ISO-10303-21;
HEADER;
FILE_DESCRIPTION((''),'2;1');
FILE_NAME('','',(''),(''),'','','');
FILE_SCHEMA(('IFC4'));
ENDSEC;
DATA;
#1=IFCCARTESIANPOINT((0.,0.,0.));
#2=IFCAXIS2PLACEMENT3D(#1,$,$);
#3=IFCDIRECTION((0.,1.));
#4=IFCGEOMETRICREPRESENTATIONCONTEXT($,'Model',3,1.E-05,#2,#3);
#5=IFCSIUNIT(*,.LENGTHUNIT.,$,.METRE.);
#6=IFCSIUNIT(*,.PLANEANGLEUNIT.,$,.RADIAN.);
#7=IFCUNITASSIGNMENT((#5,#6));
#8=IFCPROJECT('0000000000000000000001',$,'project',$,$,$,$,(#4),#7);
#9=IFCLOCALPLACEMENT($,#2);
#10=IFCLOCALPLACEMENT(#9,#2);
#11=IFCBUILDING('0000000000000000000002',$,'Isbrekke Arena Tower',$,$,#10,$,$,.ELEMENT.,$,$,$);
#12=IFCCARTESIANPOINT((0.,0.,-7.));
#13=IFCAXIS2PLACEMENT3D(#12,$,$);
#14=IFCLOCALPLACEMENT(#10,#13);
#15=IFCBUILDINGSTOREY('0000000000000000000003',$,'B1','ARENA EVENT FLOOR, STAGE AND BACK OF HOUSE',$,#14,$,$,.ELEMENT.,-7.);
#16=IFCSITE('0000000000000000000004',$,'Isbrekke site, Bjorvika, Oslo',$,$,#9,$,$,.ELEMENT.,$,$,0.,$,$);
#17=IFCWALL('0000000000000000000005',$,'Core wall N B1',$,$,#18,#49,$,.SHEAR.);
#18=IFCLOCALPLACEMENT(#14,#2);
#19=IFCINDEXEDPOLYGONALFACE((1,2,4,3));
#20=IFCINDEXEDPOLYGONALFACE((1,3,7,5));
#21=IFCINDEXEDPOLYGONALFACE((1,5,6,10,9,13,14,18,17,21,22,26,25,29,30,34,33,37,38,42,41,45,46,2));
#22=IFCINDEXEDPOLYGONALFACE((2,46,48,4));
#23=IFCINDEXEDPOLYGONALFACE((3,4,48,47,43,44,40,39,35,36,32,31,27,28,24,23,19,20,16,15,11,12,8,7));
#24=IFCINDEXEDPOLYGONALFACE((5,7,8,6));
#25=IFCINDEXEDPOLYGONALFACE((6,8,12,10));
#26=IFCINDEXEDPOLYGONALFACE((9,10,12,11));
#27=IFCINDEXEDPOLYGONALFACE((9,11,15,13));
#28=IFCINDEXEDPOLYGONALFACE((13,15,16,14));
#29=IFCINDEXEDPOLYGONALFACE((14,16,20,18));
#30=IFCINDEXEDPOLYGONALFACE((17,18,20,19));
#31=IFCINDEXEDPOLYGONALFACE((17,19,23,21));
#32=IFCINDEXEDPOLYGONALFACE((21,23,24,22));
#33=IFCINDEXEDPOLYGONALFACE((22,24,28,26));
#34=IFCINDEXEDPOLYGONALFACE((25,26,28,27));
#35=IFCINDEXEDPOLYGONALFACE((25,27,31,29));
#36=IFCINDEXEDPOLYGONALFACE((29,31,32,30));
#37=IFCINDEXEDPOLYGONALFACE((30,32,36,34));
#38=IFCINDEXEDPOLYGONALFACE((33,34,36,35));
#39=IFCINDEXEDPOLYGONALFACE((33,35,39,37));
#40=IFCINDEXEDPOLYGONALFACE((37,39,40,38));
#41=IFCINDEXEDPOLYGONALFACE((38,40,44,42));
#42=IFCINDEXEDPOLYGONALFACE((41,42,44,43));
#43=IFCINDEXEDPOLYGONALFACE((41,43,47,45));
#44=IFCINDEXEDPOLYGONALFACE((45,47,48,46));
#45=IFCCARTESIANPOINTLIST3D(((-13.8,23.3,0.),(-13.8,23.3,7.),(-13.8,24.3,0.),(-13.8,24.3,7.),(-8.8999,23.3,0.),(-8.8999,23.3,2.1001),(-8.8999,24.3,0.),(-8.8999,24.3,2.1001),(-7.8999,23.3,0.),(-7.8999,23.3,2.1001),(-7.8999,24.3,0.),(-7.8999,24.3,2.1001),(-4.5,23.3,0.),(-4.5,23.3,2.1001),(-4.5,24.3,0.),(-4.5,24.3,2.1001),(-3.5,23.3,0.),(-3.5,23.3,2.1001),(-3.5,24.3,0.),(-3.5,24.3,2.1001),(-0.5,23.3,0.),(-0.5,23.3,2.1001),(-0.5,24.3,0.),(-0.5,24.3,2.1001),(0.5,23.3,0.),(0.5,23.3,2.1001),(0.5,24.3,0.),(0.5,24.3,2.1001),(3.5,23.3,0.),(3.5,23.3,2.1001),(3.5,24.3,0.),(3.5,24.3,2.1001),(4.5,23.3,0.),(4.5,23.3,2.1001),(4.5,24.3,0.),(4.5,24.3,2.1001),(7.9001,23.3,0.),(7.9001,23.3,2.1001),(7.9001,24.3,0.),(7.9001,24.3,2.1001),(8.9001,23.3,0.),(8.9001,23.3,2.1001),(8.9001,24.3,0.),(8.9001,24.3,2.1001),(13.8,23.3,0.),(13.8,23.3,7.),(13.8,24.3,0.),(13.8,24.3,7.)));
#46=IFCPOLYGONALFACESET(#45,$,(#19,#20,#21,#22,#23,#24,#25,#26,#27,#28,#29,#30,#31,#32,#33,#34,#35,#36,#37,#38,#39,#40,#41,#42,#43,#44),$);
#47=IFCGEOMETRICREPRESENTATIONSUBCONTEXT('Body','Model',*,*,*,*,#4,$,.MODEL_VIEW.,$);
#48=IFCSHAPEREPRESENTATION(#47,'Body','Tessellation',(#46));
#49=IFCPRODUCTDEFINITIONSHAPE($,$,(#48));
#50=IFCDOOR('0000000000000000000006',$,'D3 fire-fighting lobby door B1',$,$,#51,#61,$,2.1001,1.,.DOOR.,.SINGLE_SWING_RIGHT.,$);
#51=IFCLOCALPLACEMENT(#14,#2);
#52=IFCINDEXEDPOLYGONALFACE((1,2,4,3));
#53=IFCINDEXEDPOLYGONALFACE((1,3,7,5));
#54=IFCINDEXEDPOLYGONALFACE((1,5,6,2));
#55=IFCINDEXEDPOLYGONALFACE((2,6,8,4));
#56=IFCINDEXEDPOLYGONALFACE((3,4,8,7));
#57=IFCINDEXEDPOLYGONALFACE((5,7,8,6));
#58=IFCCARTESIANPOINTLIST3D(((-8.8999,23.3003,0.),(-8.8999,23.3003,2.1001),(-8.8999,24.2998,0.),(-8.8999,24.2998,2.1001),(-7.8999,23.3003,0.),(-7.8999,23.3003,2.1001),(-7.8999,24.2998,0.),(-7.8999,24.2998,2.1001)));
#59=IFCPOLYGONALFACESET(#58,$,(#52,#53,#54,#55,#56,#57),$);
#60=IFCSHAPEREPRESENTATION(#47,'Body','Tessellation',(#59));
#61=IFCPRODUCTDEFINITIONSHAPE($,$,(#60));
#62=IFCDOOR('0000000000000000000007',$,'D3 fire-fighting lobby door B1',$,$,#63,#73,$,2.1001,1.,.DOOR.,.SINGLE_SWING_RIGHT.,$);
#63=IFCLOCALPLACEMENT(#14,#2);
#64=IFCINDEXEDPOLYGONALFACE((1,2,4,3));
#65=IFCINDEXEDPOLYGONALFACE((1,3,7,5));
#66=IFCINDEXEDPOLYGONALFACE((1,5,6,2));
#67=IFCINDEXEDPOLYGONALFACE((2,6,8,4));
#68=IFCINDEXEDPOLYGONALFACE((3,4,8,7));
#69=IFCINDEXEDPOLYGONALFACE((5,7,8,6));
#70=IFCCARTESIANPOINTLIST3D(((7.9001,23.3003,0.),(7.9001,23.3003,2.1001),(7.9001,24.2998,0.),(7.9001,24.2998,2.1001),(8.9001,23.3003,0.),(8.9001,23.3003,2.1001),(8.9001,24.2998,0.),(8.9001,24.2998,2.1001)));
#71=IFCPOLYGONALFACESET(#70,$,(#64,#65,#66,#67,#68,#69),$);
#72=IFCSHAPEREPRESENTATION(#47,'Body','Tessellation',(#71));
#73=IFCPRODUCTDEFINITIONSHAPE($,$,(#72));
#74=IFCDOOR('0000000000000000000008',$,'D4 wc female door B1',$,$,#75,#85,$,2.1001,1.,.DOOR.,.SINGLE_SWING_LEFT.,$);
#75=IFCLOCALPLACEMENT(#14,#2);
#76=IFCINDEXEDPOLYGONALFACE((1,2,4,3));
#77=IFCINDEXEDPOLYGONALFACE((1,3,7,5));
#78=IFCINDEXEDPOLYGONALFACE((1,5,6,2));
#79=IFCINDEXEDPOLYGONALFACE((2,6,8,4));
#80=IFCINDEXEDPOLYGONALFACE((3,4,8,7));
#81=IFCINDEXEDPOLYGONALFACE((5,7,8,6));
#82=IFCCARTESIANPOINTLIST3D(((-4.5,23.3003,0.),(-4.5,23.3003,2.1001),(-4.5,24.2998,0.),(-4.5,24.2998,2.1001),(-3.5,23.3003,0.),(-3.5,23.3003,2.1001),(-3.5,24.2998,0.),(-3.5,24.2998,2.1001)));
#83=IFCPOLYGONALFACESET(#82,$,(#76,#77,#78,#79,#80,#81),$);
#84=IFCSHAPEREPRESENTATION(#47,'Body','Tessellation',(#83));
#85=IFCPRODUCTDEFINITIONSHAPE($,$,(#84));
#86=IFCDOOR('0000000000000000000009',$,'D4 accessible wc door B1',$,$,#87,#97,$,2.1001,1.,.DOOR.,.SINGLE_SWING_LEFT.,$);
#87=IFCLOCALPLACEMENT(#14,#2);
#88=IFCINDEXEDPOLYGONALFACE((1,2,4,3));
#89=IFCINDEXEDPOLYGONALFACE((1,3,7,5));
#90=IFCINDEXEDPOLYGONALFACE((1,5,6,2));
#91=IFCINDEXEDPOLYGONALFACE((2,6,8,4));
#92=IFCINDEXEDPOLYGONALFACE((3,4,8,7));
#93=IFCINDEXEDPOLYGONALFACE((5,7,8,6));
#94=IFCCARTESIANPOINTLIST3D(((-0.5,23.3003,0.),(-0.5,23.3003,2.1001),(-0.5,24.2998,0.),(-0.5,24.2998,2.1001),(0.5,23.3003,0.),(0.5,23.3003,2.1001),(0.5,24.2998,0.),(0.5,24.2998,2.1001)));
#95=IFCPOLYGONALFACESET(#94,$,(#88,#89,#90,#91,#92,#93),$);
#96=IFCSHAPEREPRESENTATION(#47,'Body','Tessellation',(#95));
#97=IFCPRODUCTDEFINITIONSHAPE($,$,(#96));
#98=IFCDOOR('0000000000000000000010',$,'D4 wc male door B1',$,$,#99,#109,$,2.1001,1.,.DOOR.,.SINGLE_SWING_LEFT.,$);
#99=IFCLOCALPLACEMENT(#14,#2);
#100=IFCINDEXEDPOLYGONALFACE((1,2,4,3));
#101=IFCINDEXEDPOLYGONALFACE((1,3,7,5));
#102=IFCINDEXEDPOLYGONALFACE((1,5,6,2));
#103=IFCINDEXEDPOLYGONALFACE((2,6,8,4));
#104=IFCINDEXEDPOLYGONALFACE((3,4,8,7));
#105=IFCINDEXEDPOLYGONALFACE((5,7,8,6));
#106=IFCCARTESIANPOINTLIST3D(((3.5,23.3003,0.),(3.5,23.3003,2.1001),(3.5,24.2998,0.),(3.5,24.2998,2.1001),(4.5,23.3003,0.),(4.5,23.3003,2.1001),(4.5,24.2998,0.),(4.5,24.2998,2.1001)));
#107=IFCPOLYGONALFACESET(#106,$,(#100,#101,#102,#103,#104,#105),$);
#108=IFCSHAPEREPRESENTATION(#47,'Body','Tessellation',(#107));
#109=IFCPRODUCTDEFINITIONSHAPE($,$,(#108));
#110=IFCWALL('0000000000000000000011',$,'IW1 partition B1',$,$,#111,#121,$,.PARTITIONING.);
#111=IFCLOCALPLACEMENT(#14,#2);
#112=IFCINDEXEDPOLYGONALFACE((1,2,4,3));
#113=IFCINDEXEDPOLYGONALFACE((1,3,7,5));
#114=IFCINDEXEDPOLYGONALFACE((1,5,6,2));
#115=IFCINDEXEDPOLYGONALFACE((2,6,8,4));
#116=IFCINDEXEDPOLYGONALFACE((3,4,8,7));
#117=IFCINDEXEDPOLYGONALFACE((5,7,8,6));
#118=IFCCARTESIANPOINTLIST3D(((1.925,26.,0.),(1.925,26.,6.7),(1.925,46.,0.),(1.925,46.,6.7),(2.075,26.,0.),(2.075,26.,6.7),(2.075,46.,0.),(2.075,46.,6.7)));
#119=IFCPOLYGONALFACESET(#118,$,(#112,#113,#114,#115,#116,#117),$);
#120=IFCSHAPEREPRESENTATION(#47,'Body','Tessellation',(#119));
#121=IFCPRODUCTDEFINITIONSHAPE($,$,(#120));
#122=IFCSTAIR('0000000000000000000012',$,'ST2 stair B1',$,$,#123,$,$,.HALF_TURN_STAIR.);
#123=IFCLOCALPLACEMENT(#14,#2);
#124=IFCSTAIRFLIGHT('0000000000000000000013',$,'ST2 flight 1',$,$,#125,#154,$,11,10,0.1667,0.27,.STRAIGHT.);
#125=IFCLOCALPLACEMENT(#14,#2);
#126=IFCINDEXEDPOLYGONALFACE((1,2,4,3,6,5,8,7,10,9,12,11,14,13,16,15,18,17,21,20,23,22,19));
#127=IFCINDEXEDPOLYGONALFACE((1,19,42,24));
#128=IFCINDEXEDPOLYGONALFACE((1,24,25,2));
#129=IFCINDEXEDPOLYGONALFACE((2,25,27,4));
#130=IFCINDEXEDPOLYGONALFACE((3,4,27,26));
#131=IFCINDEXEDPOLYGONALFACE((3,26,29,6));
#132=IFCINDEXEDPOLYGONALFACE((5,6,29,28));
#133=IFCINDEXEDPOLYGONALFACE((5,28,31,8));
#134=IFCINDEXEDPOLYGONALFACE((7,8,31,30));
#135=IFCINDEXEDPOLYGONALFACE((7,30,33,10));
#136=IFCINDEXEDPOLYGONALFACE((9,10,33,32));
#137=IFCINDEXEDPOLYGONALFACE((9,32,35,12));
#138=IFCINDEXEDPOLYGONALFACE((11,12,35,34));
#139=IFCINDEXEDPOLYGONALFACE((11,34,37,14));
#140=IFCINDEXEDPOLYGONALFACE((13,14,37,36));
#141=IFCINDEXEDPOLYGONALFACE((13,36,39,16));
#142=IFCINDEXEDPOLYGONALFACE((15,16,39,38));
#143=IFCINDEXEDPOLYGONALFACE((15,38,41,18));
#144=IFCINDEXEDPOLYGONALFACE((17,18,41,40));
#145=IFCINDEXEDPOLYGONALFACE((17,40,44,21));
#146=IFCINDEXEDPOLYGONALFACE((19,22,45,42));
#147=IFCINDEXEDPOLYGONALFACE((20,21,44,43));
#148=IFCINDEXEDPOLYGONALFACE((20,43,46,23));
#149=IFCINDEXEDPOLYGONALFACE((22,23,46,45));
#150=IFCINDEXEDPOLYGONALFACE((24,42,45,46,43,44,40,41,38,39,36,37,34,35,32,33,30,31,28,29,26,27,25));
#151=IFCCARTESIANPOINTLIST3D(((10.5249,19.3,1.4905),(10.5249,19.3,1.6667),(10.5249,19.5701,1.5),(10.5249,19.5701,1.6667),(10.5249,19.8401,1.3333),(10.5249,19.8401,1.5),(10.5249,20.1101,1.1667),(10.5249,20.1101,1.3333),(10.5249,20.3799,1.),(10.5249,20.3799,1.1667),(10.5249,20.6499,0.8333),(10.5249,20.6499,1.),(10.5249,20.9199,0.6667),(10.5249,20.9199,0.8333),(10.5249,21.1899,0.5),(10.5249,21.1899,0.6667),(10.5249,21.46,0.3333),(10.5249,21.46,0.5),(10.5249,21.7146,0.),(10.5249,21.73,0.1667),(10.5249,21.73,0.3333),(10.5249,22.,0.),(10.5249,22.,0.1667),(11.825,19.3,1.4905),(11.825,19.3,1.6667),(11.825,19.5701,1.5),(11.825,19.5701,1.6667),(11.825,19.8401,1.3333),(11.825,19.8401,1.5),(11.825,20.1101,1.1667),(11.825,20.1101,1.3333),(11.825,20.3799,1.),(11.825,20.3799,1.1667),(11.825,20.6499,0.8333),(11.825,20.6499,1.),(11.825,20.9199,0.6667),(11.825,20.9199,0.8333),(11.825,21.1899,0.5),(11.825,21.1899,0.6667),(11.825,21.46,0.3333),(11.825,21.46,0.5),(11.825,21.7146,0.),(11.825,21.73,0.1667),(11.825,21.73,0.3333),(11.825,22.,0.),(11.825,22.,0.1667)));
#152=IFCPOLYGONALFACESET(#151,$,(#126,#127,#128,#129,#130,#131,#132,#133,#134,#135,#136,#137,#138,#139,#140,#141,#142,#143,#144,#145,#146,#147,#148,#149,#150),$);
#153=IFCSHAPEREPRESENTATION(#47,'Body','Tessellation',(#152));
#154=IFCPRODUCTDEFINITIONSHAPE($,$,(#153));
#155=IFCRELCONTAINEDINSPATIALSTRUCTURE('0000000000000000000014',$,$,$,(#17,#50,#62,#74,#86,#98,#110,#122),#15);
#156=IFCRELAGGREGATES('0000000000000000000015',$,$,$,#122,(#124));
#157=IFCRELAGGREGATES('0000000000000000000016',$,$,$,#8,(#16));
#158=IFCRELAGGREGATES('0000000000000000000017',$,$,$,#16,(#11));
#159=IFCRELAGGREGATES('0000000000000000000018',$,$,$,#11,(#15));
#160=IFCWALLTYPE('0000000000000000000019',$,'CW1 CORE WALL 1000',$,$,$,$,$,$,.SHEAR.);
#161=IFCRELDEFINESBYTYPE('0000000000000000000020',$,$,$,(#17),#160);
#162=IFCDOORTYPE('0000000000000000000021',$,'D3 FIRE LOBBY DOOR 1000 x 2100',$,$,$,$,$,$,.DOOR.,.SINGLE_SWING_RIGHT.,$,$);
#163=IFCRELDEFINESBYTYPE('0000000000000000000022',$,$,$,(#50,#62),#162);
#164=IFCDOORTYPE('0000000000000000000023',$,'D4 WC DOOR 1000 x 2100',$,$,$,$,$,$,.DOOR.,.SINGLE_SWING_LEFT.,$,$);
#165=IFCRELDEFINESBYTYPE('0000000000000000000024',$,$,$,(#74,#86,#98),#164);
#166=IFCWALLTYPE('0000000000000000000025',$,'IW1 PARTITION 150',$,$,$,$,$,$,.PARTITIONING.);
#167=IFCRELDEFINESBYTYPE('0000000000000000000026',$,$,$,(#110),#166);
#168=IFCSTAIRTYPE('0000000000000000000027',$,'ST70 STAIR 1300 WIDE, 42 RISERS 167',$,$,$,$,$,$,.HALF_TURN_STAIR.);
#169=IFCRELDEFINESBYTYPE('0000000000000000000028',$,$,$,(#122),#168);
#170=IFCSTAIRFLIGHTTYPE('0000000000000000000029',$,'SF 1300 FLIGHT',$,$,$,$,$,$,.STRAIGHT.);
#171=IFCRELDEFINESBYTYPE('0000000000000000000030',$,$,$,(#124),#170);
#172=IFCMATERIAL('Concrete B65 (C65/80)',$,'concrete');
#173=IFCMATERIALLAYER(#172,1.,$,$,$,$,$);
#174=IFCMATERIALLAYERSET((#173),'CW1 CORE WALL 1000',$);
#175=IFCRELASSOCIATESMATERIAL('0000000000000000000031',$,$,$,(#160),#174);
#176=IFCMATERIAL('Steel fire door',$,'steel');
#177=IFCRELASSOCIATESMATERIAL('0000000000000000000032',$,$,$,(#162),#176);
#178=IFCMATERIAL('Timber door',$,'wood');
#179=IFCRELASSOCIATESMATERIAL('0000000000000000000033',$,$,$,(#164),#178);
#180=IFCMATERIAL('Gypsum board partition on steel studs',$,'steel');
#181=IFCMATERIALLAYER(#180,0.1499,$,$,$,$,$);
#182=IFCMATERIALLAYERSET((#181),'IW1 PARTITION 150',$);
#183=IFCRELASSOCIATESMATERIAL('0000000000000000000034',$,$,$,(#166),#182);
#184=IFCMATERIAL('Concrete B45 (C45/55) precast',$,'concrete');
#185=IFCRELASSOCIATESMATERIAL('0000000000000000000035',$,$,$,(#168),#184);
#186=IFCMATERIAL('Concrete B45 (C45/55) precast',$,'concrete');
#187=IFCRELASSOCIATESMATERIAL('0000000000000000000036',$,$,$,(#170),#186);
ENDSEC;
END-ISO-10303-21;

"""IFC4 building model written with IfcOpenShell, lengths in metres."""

from ifc_helpers import new_model, si_unit, direction, frame, frame_2d, origin, place, context, subcontext, project, spatial, polyline, rectangle, outline, extrude, material, layer, layer_set, type_object, element, fill, aggregate, save


model = new_model("IFC4")

# Units and contexts
model_context = context("Model", 3, precision=1e-05, world=origin(), true_north=direction((0.0, 1.0)))
body_context = subcontext(model_context, "Body", "Model", "MODEL_VIEW")
ifc_project = project(units=[si_unit("LENGTHUNIT", "METRE"), si_unit("PLANEANGLEUNIT", "RADIAN")], contexts=[model_context])

# Site, building, storey
site_placement = place(None, origin())
site = spatial("IfcSite", under=ifc_project, at=site_placement, Name="Isbrekke site, Bjorvika, Oslo", CompositionType="ELEMENT", RefElevation=0.0)
building_placement = place(site_placement, origin())
building = spatial("IfcBuilding", under=site, at=building_placement, Name="Isbrekke Arena Tower", CompositionType="ELEMENT")
storey_placement = place(building_placement, frame((0.0, 0.0, -7.0)))
storey = spatial("IfcBuildingStorey", under=building, at=storey_placement, Name="B1", Description="ARENA EVENT FLOOR, STAGE AND BACK OF HOUSE", CompositionType="ELEMENT", Elevation=-7.0)

# Wall, openings, doors
ifc_material_1 = material(Name="Concrete B65 (C65/80)", Category="concrete")
ifc_layer_1 = layer(ifc_material_1, 1.0)
ifc_layer_set_1 = layer_set([ifc_layer_1], Name="CW1 CORE WALL 1000")
wall_type_1 = type_object("IfcWallType", Name="CW1 CORE WALL 1000", PredefinedType="SHEAR", material=ifc_layer_set_1)
wall_1_placement = place(storey_placement, frame((13.8, 23.8, 0.0), z_axis=(0.0, 0.0, 1.0), x_axis=(-1.0, 0.0, 0.0)))
wall_1 = element("IfcWall", 1, at=wall_1_placement, inside=storey, type_object=wall_type_1, Name="Core wall N B1", PredefinedType="SHEAR", context=body_context, shape_type="SweptSolid", body=[
    extrude(rectangle(XDim=27.6001, YDim=1.0, at=frame_2d((13.8, 0.0))), origin(), (0.0, 0.0, 1.0), 7.0),
])
opening_1_placement = place(wall_1_placement, frame((21.7, 0.0, 0.0)))
opening_1 = element("IfcOpeningElement", 2, at=opening_1_placement, cuts=wall_1, PredefinedType="OPENING", context=body_context, shape_type="SweptSolid", body=[
    extrude(rectangle(XDim=1.0, YDim=2.1001, at=frame_2d((0.5, 1.05))), frame((0.0, 0.5149, 0.0), z_axis=(0.0, -1.0, 0.0), x_axis=(1.0, 0.0, 0.0)), (0.0, 0.0, 1.0), 1.0298),
])
opening_2_placement = place(wall_1_placement, frame((4.8999, 0.0, 0.0)))
opening_2 = element("IfcOpeningElement", 3, at=opening_2_placement, cuts=wall_1, PredefinedType="OPENING", context=body_context, shape_type="SweptSolid", body=[
    extrude(rectangle(XDim=1.0, YDim=2.1001, at=frame_2d((0.5, 1.05))), frame((0.0, 0.5149, 0.0), z_axis=(0.0, -1.0, 0.0), x_axis=(1.0, 0.0, 0.0)), (0.0, 0.0, 1.0), 1.0298),
])
opening_3_placement = place(wall_1_placement, frame((17.3, 0.0, 0.0)))
opening_3 = element("IfcOpeningElement", 4, at=opening_3_placement, cuts=wall_1, PredefinedType="OPENING", context=body_context, shape_type="SweptSolid", body=[
    extrude(rectangle(XDim=1.0, YDim=2.1001, at=frame_2d((0.5, 1.05))), frame((0.0, 0.5149, 0.0), z_axis=(0.0, -1.0, 0.0), x_axis=(1.0, 0.0, 0.0)), (0.0, 0.0, 1.0), 1.0298),
])
opening_4_placement = place(wall_1_placement, frame((13.3, 0.0, 0.0)))
opening_4 = element("IfcOpeningElement", 5, at=opening_4_placement, cuts=wall_1, PredefinedType="OPENING", context=body_context, shape_type="SweptSolid", body=[
    extrude(rectangle(XDim=1.0, YDim=2.1001, at=frame_2d((0.5, 1.05))), frame((0.0, 0.5149, 0.0), z_axis=(0.0, -1.0, 0.0), x_axis=(1.0, 0.0, 0.0)), (0.0, 0.0, 1.0), 1.0298),
])
opening_5_placement = place(wall_1_placement, frame((9.3, 0.0, 0.0)))
opening_5 = element("IfcOpeningElement", 6, at=opening_5_placement, cuts=wall_1, PredefinedType="OPENING", context=body_context, shape_type="SweptSolid", body=[
    extrude(rectangle(XDim=1.0, YDim=2.1001, at=frame_2d((0.5, 1.05))), frame((0.0, 0.5149, 0.0), z_axis=(0.0, -1.0, 0.0), x_axis=(1.0, 0.0, 0.0)), (0.0, 0.0, 1.0), 1.0298),
])
ifc_material_2 = material(Name="Steel fire door", Category="steel")
door_type_1 = type_object("IfcDoorType", Name="D3 FIRE LOBBY DOOR 1000 x 2100", OperationType="SINGLE_SWING_RIGHT", PredefinedType="DOOR", material=ifc_material_2)
door_1_placement = place(opening_1_placement, origin())
door_1 = element("IfcDoor", 7, at=door_1_placement, inside=storey, type_object=door_type_1, Name="D3 fire-fighting lobby door B1", OperationType="SINGLE_SWING_RIGHT", OverallHeight=2.1001, OverallWidth=1.0, PredefinedType="DOOR", context=body_context, shape_type="SweptSolid", body=[
    extrude(rectangle(XDim=1.0, YDim=2.1001, at=frame_2d((0.5, 1.05))), frame((0.0, 0.4998, 0.0), z_axis=(0.0, -1.0, 0.0), x_axis=(1.0, 0.0, 0.0)), (0.0, 0.0, 1.0), 0.9995),
])
fill(opening_1, door_1)
door_2_placement = place(opening_2_placement, origin())
door_2 = element("IfcDoor", 8, at=door_2_placement, inside=storey, type_object=door_type_1, Name="D3 fire-fighting lobby door B1", OperationType="SINGLE_SWING_RIGHT", OverallHeight=2.1001, OverallWidth=1.0, PredefinedType="DOOR", context=body_context, shape_type="SweptSolid", body=[
    extrude(rectangle(XDim=1.0, YDim=2.1001, at=frame_2d((0.5, 1.05))), frame((0.0, 0.4998, 0.0), z_axis=(0.0, -1.0, 0.0), x_axis=(1.0, 0.0, 0.0)), (0.0, 0.0, 1.0), 0.9995),
])
fill(opening_2, door_2)
ifc_material_3 = material(Name="Timber door", Category="wood")
door_type_2 = type_object("IfcDoorType", Name="D4 WC DOOR 1000 x 2100", OperationType="SINGLE_SWING_LEFT", PredefinedType="DOOR", material=ifc_material_3)
door_3_placement = place(opening_3_placement, origin())
door_3 = element("IfcDoor", 9, at=door_3_placement, inside=storey, type_object=door_type_2, Name="D4 wc female door B1", OperationType="SINGLE_SWING_LEFT", OverallHeight=2.1001, OverallWidth=1.0, PredefinedType="DOOR", context=body_context, shape_type="SweptSolid", body=[
    extrude(rectangle(XDim=1.0, YDim=2.1001, at=frame_2d((0.5, 1.05))), frame((0.0, 0.4998, 0.0), z_axis=(0.0, -1.0, 0.0), x_axis=(1.0, 0.0, 0.0)), (0.0, 0.0, 1.0), 0.9995),
])
fill(opening_3, door_3)
door_4_placement = place(opening_4_placement, origin())
door_4 = element("IfcDoor", 10, at=door_4_placement, inside=storey, type_object=door_type_2, Name="D4 accessible wc door B1", OperationType="SINGLE_SWING_LEFT", OverallHeight=2.1001, OverallWidth=1.0, PredefinedType="DOOR", context=body_context, shape_type="SweptSolid", body=[
    extrude(rectangle(XDim=1.0, YDim=2.1001, at=frame_2d((0.5, 1.05))), frame((0.0, 0.4998, 0.0), z_axis=(0.0, -1.0, 0.0), x_axis=(1.0, 0.0, 0.0)), (0.0, 0.0, 1.0), 0.9995),
])
fill(opening_4, door_4)
door_5_placement = place(opening_5_placement, origin())
door_5 = element("IfcDoor", 11, at=door_5_placement, inside=storey, type_object=door_type_2, Name="D4 wc male door B1", OperationType="SINGLE_SWING_LEFT", OverallHeight=2.1001, OverallWidth=1.0, PredefinedType="DOOR", context=body_context, shape_type="SweptSolid", body=[
    extrude(rectangle(XDim=1.0, YDim=2.1001, at=frame_2d((0.5, 1.05))), frame((0.0, 0.4998, 0.0), z_axis=(0.0, -1.0, 0.0), x_axis=(1.0, 0.0, 0.0)), (0.0, 0.0, 1.0), 0.9995),
])
fill(opening_5, door_5)

# Wall
ifc_material_4 = material(Name="Gypsum board partition on steel studs", Category="steel")
ifc_layer_2 = layer(ifc_material_4, 0.1499)
ifc_layer_set_2 = layer_set([ifc_layer_2], Name="IW1 PARTITION 150")
wall_type_2 = type_object("IfcWallType", Name="IW1 PARTITION 150", PredefinedType="PARTITIONING", material=ifc_layer_set_2)
wall_2_placement = place(storey_placement, frame((2.0, 26.0, 0.0), z_axis=(0.0, 0.0, 1.0), x_axis=(0.0, 1.0, 0.0)))
element("IfcWall", 12, at=wall_2_placement, inside=storey, type_object=wall_type_2, Name="IW1 partition B1", PredefinedType="PARTITIONING", context=body_context, shape_type="SweptSolid", body=[
    extrude(rectangle(XDim=20.0, YDim=0.1499, at=frame_2d((10.0, 0.0))), origin(), (0.0, 0.0, 1.0), 6.7),
])

# Stair, stair flight
ifc_material_5 = material(Name="Concrete B45 (C45/55) precast", Category="concrete")
stair_type = type_object("IfcStairType", Name="ST70 STAIR 1300 WIDE, 42 RISERS 167", PredefinedType="HALF_TURN_STAIR", material=ifc_material_5)
stair_placement = place(storey_placement, origin())
stair = element("IfcStair", 13, at=stair_placement, inside=storey, type_object=stair_type, Name="ST2 stair B1", PredefinedType="HALF_TURN_STAIR")
ifc_material_6 = material(Name="Concrete B45 (C45/55) precast", Category="concrete")
stair_flight_type = type_object("IfcStairFlightType", Name="SF 1300 FLIGHT", PredefinedType="STRAIGHT", material=ifc_material_6)
stair_flight_1_placement = place(storey_placement, frame((11.175, 22.0, 0.0), z_axis=(0.0, 0.0, 1.0), x_axis=(0.0, -1.0, 0.0)))
stair_flight_1 = element("IfcStairFlight", 14, at=stair_flight_1_placement, type_object=stair_flight_type, Name="ST2 flight 1", NumberOfRisers=11, NumberOfTreads=10, PredefinedType="STRAIGHT", RiserHeight=0.1667, TreadLength=0.27, context=body_context, shape_type="SweptSolid", body=[
    extrude(outline(polyline([(0.0, 0.0), (0.0, 0.1667), (0.27, 0.1667), (0.27, 0.3333), (0.54, 0.3333), (0.54, 0.5), (0.8101, 0.5), (0.8101, 0.6667), (1.0801, 0.6667), (1.0801, 0.8333), (1.3501, 0.8333), (1.3501, 1.0), (1.6201, 1.0), (1.6201, 1.1667), (1.8899, 1.1667), (1.8899, 1.3333), (2.1599, 1.3333), (2.1599, 1.5), (2.4299, 1.5), (2.4299, 1.6667), (2.7, 1.6667), (2.7, 1.8333), (2.7, 1.4905), (0.2854, 0.0), (0.0, 0.0)])), frame((0.0, 0.6499, 0.0), z_axis=(0.0, -1.0, 0.0), x_axis=(1.0, 0.0, 0.0)), (0.0, 0.0, 1.0), 1.3),
])
aggregate(stair, [stair_flight_1])

save(model, "model.ifc")
